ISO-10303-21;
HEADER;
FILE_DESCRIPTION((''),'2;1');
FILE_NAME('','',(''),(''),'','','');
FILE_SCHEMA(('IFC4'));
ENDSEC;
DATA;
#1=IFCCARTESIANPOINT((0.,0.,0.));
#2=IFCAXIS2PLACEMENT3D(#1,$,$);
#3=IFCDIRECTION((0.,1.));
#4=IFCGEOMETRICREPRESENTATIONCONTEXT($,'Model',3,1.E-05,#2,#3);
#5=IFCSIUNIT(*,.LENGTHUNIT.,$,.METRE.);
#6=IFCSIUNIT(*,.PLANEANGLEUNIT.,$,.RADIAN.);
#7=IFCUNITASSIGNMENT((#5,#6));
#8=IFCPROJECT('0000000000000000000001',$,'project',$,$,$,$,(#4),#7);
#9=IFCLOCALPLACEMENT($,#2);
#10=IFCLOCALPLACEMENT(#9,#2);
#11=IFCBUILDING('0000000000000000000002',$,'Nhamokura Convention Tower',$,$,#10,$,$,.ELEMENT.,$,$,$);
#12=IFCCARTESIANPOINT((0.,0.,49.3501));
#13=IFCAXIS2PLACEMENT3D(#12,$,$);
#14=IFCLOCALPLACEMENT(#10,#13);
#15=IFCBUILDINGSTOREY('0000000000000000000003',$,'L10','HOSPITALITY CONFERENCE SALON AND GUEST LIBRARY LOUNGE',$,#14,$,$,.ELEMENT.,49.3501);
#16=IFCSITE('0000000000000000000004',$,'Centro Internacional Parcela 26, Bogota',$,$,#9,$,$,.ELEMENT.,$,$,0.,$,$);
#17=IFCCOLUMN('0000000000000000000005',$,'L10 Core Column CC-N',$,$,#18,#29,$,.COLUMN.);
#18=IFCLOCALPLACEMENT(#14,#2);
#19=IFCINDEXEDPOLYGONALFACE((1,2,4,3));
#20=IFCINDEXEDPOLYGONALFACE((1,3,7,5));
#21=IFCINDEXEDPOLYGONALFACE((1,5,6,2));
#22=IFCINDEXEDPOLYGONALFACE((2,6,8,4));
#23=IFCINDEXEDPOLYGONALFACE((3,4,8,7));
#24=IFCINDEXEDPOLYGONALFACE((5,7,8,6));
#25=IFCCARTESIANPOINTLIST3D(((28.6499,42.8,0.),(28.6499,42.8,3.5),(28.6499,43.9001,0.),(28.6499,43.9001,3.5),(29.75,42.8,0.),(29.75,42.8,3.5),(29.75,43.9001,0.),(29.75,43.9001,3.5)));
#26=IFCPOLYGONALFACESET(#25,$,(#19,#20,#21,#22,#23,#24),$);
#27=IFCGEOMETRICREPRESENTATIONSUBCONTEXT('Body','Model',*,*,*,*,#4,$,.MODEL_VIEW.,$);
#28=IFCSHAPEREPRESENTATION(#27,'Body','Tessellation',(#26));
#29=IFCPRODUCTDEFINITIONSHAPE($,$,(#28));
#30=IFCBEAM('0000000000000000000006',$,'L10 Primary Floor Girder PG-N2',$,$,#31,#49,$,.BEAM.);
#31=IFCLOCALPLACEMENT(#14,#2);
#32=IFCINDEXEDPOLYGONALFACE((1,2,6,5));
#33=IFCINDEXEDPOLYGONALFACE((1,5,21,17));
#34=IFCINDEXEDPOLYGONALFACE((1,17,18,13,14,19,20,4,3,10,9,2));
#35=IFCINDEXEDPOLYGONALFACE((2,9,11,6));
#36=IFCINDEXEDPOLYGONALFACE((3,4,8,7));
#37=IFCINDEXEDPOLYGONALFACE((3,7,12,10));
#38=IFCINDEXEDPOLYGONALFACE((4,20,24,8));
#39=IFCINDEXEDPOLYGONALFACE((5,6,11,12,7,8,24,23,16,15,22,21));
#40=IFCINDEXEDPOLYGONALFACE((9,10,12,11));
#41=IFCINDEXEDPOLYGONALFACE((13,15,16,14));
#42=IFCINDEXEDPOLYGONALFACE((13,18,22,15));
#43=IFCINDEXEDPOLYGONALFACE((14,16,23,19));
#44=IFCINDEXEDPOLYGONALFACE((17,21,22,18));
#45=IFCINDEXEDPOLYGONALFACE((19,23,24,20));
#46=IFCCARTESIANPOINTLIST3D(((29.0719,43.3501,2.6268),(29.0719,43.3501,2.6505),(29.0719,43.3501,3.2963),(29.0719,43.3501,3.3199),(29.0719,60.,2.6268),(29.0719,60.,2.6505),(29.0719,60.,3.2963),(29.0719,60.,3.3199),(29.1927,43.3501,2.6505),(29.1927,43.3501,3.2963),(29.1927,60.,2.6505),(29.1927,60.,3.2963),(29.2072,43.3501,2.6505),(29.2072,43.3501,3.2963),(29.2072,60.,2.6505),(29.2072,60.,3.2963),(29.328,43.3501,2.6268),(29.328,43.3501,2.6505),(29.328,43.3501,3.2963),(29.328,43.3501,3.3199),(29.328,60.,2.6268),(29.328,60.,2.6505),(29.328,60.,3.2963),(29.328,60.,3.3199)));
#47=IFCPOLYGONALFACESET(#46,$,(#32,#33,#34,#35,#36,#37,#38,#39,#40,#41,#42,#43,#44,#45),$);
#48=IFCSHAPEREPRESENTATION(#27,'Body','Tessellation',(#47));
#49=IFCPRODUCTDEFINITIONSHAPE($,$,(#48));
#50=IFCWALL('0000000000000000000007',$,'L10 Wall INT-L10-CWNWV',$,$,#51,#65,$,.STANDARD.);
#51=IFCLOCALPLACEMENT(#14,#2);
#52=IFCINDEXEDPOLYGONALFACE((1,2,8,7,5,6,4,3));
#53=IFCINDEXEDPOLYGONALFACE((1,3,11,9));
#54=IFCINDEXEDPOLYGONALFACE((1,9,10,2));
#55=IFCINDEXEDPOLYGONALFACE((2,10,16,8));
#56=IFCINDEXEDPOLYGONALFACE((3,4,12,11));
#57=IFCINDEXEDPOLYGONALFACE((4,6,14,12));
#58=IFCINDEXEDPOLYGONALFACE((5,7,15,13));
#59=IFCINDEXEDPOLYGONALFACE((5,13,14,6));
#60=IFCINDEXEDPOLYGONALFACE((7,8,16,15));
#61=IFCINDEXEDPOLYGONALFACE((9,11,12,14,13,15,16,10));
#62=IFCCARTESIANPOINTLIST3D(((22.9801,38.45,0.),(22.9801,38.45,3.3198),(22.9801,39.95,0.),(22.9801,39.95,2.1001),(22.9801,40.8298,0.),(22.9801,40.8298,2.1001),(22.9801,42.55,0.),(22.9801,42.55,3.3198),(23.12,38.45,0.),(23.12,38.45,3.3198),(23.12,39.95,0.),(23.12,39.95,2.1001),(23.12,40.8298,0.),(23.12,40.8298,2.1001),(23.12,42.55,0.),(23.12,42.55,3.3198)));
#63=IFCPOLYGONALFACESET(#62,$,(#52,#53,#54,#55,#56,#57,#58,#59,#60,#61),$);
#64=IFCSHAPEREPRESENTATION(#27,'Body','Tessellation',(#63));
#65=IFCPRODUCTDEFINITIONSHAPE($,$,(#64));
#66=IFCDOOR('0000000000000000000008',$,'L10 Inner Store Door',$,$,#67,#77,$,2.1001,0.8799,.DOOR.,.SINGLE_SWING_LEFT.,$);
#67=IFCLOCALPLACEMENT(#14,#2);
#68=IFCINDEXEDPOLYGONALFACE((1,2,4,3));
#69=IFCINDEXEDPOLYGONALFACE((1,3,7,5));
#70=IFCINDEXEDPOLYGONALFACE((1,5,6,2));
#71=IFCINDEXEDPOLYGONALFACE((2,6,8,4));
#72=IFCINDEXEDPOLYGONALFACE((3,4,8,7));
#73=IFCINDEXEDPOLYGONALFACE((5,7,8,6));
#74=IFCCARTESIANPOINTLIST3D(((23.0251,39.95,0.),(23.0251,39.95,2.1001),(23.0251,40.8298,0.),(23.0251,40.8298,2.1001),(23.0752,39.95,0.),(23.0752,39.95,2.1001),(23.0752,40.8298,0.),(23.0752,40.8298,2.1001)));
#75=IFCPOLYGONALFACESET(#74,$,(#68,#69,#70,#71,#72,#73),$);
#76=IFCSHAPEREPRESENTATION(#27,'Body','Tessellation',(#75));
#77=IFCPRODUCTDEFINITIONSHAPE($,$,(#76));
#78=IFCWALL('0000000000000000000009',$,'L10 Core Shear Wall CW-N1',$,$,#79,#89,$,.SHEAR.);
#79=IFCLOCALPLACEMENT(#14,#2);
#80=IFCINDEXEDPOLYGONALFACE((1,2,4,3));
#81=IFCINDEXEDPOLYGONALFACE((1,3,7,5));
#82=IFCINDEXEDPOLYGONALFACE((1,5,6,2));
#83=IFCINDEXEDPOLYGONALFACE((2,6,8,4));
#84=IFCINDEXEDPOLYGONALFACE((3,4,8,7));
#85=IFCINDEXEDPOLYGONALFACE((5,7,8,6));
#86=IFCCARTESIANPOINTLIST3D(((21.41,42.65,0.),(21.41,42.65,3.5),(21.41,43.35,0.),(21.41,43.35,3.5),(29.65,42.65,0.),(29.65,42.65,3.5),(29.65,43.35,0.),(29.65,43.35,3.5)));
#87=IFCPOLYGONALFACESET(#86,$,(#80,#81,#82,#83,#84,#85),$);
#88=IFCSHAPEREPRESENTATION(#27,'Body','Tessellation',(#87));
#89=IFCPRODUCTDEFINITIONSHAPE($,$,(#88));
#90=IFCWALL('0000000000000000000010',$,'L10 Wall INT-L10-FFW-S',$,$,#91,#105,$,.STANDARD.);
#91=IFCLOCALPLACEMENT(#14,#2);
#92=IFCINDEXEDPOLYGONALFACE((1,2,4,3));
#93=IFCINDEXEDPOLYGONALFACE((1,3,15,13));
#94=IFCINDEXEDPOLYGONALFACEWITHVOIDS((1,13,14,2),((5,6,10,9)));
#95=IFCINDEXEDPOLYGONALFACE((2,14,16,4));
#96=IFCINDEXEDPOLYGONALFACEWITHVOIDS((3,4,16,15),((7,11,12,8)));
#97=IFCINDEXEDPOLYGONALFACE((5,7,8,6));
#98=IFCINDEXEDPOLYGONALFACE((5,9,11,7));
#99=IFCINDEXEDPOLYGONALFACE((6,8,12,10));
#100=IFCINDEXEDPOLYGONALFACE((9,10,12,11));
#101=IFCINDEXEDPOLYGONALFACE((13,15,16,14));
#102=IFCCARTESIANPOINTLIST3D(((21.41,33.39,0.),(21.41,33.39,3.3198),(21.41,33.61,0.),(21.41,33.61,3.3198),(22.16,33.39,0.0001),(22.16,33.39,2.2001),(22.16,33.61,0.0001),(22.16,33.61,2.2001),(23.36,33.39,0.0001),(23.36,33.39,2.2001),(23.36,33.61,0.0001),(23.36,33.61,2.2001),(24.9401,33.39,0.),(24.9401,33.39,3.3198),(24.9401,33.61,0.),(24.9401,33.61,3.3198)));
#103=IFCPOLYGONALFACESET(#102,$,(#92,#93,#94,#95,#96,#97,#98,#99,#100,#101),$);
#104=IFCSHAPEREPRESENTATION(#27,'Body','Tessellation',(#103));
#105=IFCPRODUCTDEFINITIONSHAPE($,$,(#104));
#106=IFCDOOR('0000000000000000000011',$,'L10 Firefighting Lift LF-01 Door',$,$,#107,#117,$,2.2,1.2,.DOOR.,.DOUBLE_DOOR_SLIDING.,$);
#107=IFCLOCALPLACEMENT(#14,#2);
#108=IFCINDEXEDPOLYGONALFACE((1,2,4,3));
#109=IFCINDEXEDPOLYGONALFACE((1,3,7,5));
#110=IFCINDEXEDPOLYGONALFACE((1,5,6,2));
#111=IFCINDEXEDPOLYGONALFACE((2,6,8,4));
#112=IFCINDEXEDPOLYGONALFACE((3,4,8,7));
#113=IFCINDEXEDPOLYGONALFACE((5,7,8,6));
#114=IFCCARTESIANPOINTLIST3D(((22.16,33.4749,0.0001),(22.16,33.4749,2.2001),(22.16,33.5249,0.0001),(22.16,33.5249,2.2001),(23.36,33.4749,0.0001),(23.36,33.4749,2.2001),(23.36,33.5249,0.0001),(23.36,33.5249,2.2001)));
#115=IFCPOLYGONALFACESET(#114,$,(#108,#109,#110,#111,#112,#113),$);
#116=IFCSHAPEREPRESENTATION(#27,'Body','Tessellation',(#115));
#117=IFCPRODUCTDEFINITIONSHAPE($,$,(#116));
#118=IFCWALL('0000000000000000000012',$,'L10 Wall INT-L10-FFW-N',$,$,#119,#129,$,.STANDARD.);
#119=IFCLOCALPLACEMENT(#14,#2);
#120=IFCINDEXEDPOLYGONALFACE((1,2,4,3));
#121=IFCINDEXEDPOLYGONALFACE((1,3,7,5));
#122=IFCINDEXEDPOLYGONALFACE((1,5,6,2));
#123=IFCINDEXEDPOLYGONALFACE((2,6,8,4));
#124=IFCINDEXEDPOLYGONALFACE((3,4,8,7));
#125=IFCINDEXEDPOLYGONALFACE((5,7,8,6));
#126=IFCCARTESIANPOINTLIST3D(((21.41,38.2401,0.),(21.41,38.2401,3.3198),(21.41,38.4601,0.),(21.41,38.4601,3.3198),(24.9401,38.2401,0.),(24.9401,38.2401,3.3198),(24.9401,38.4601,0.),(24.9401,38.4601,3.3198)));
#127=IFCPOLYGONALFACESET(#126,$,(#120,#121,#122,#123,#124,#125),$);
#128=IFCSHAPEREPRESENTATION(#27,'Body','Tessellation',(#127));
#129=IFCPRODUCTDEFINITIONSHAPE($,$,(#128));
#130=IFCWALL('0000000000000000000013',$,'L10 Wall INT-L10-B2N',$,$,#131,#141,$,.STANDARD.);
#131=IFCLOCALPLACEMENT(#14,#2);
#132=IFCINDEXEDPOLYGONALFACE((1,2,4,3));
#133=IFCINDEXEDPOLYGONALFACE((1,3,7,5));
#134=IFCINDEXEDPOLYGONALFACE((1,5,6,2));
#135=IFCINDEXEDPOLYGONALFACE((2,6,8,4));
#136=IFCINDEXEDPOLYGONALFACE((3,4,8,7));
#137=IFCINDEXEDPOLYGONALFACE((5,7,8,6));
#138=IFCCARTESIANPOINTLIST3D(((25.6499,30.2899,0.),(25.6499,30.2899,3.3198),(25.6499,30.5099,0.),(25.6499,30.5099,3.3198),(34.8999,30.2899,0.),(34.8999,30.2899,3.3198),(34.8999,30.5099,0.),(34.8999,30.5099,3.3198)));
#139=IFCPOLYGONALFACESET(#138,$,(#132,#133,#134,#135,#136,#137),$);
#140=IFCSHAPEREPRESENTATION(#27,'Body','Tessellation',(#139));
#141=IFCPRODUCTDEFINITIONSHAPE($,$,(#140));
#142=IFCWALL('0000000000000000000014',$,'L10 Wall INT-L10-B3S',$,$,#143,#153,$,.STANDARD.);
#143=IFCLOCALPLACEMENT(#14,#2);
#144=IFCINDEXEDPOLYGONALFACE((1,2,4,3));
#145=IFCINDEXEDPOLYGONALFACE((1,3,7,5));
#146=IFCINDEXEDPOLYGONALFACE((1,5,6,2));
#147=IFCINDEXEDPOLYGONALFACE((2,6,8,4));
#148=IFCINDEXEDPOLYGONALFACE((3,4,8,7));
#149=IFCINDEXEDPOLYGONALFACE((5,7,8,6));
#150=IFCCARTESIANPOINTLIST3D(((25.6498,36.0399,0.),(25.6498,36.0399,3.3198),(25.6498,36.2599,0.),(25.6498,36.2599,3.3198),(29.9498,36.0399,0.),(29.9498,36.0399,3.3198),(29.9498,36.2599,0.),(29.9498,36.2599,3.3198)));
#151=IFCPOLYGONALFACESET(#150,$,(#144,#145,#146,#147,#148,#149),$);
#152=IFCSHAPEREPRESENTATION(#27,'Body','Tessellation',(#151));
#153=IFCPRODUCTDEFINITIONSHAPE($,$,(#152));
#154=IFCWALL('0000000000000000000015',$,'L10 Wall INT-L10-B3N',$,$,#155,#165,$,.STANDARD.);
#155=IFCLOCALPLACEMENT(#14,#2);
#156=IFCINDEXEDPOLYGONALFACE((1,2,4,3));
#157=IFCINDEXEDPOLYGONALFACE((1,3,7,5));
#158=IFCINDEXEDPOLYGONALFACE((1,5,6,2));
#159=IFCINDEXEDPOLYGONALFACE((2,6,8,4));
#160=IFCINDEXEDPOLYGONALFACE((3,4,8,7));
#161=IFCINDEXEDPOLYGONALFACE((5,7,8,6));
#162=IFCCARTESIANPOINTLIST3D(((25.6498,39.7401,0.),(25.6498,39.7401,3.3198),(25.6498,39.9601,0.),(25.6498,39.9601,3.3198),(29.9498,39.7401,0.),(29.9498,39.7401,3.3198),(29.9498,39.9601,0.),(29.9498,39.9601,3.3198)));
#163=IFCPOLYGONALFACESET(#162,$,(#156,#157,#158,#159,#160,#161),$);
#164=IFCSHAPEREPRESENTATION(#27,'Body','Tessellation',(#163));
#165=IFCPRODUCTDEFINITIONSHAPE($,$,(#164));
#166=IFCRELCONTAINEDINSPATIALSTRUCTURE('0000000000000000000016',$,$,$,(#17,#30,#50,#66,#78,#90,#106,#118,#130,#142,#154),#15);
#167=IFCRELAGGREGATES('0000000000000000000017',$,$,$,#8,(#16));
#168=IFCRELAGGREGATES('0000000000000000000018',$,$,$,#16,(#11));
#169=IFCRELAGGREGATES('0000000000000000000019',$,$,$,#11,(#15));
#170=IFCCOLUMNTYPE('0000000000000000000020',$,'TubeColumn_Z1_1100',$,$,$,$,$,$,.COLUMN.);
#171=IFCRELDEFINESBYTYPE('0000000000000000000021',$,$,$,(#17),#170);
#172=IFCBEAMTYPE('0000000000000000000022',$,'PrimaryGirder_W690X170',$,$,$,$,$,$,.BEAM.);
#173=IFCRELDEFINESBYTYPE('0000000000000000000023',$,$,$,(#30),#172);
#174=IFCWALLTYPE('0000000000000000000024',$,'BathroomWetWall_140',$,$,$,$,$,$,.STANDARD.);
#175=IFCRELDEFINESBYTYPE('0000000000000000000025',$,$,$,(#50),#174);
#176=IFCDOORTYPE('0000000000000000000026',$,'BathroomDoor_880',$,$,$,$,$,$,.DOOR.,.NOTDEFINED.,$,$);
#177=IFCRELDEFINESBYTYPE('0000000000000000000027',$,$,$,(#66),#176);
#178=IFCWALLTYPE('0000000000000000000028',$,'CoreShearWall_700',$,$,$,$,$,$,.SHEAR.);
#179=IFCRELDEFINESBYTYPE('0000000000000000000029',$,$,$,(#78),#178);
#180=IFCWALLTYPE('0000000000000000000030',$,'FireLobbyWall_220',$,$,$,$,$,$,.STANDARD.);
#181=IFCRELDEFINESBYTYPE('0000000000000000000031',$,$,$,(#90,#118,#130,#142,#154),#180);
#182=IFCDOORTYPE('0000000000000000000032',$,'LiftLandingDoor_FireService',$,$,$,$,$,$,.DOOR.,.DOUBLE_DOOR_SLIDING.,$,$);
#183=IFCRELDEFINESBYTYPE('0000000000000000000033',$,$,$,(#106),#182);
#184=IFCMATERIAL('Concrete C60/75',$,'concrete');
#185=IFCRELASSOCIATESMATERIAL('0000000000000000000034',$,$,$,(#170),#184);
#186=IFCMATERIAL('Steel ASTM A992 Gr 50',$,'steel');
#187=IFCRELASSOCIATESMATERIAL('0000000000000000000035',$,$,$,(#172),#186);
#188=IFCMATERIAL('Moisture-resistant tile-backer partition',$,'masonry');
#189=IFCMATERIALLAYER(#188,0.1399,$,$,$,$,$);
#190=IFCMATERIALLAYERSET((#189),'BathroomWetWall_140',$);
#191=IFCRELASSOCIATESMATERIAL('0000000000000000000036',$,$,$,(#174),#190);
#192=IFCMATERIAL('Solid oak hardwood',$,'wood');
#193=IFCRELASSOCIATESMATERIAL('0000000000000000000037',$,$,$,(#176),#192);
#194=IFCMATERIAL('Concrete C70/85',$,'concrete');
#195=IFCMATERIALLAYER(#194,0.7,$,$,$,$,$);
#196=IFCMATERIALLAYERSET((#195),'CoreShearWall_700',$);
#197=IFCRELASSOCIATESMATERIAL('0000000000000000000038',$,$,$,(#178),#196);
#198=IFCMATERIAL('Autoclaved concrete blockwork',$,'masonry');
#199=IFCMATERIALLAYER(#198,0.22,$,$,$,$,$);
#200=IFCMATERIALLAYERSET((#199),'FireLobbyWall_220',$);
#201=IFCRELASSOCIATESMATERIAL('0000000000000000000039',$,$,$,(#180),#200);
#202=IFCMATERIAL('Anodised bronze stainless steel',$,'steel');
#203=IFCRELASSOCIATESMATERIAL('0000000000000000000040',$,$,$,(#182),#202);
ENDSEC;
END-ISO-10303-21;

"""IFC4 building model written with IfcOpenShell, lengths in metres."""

from ifc_helpers import new_model, si_unit, direction, frame, frame_2d, origin, origin_2d, place, context, subcontext, project, spatial, rectangle, i_section, extrude, material, layer, layer_set, material_profile, profile_set, type_object, element, fill, save


model = new_model("IFC4")

# Units and contexts
model_context = context("Model", 3, precision=1e-05, world=origin(), true_north=direction((0.0, 1.0)))
body_context = subcontext(model_context, "Body", "Model", "MODEL_VIEW")
ifc_project = project(units=[si_unit("LENGTHUNIT", "METRE"), si_unit("PLANEANGLEUNIT", "RADIAN")], contexts=[model_context])

# Site, building, storey
site_placement = place(None, origin())
site = spatial("IfcSite", under=ifc_project, at=site_placement, Name="Centro Internacional Parcela 26, Bogota", CompositionType="ELEMENT", RefElevation=0.0)
building_placement = place(site_placement, origin())
building = spatial("IfcBuilding", under=site, at=building_placement, Name="Nhamokura Convention Tower", CompositionType="ELEMENT")
storey_placement = place(building_placement, frame((0.0, 0.0, 49.3501)))
storey = spatial("IfcBuildingStorey", under=building, at=storey_placement, Name="L10", Description="HOSPITALITY CONFERENCE SALON AND GUEST LIBRARY LOUNGE", CompositionType="ELEMENT", Elevation=49.3501)

# Column
ifc_material_1 = material(Name="Concrete C60/75", Category="concrete")
ifc_material_profile_1 = material_profile(ifc_material_1, rectangle(XDim=1.1001, YDim=1.1001, at=origin_2d()))
ifc_profile_set_1 = profile_set([ifc_material_profile_1], Name="Concrete C60/75")
column_type = type_object("IfcColumnType", Name="TubeColumn_Z1_1100", PredefinedType="COLUMN", material=ifc_profile_set_1)
column_placement = place(storey_placement, frame((29.2, 43.3501, 0.0), z_axis=(0.0, 0.0, 1.0), x_axis=(1.0, 0.0, 0.0)))
element("IfcColumn", 1, at=column_placement, inside=storey, type_object=column_type, Name="L10 Core Column CC-N", PredefinedType="COLUMN", context=body_context, shape_type="SweptSolid", body=[
    extrude(rectangle(XDim=1.1001, YDim=1.1001, at=origin_2d()), origin(), (0.0, 0.0, 1.0), 3.5),
])

# Beam
ifc_material_2 = material(Name="Steel ASTM A992 Gr 50", Category="steel")
ifc_material_profile_2 = material_profile(ifc_material_2, i_section(OverallWidth=0.2561, OverallDepth=0.6931, WebThickness=0.0144, FlangeThickness=0.0237, at=origin_2d()))
ifc_profile_set_2 = profile_set([ifc_material_profile_2], Name="Steel ASTM A992 Gr 50")
beam_type = type_object("IfcBeamType", Name="PrimaryGirder_W690X170", PredefinedType="BEAM", material=ifc_profile_set_2)
beam_placement = place(storey_placement, frame((29.2, 43.3501, 2.9734), z_axis=(0.0, 1.0, 0.0), x_axis=(-1.0, 0.0, 0.0)))
element("IfcBeam", 2, at=beam_placement, inside=storey, type_object=beam_type, Name="L10 Primary Floor Girder PG-N2", PredefinedType="BEAM", context=body_context, shape_type="SweptSolid", body=[
    extrude(i_section(OverallWidth=0.2561, OverallDepth=0.6931, WebThickness=0.0144, FlangeThickness=0.0237, at=origin_2d()), origin(), (0.0, 0.0, 1.0), 16.6499),
])

# Wall, opening, door
ifc_material_3 = material(Name="Moisture-resistant tile-backer partition", Category="masonry")
ifc_layer_1 = layer(ifc_material_3, 0.1399)
ifc_layer_set_1 = layer_set([ifc_layer_1], Name="BathroomWetWall_140")
wall_type_1 = type_object("IfcWallType", Name="BathroomWetWall_140", PredefinedType="STANDARD", material=ifc_layer_set_1)
wall_1_placement = place(storey_placement, frame((23.05, 38.45, 0.0), z_axis=(0.0, 0.0, 1.0), x_axis=(0.0, 1.0, 0.0)))
wall_1 = element("IfcWall", 3, at=wall_1_placement, inside=storey, type_object=wall_type_1, Name="L10 Wall INT-L10-CWNWV", PredefinedType="STANDARD", context=body_context, shape_type="SweptSolid", body=[
    extrude(rectangle(XDim=4.1001, YDim=0.1399, at=frame_2d((2.05, 0.0))), origin(), (0.0, 0.0, 1.0), 3.3198),
])
opening_1_placement = place(wall_1_placement, frame((1.5, 0.0, 0.0)))
opening_1 = element("IfcOpeningElement", 4, at=opening_1_placement, cuts=wall_1, PredefinedType="OPENING", context=body_context, shape_type="SweptSolid", body=[
    extrude(rectangle(XDim=0.8799, YDim=2.1001, at=frame_2d((0.4399, 1.05))), frame((0.0, 0.0798, 0.0), z_axis=(0.0, -1.0, 0.0), x_axis=(1.0, 0.0, 0.0)), (0.0, 0.0, 1.0), 0.1599),
])
ifc_material_4 = material(Name="Solid oak hardwood", Category="wood")
door_type_1 = type_object("IfcDoorType", Name="BathroomDoor_880", OperationType="NOTDEFINED", PredefinedType="DOOR", material=ifc_material_4)
door_1_placement = place(opening_1_placement, origin())
door_1 = element("IfcDoor", 5, at=door_1_placement, inside=storey, type_object=door_type_1, Name="L10 Inner Store Door", OperationType="SINGLE_SWING_LEFT", OverallHeight=2.1001, OverallWidth=0.8799, PredefinedType="DOOR", context=body_context, shape_type="SweptSolid", body=[
    extrude(rectangle(XDim=0.8799, YDim=2.1001, at=frame_2d((0.4399, 1.05))), frame((0.0, 0.0249, 0.0), z_axis=(0.0, -1.0, 0.0), x_axis=(1.0, 0.0, 0.0)), (0.0, 0.0, 1.0), 0.05),
])
fill(opening_1, door_1)

# Shared definitions
ifc_material_5 = material(Name="Concrete C70/85", Category="concrete")
ifc_layer_2 = layer(ifc_material_5, 0.7)
ifc_layer_set_2 = layer_set([ifc_layer_2], Name="CoreShearWall_700")
wall_type_2 = type_object("IfcWallType", Name="CoreShearWall_700", PredefinedType="SHEAR", material=ifc_layer_set_2)

# Wall
wall_2_placement = place(storey_placement, frame((21.4099, 43.0, 0.0), z_axis=(0.0, 0.0, 1.0), x_axis=(1.0, 0.0, 0.0)))
element("IfcWall", 6, at=wall_2_placement, inside=storey, type_object=wall_type_2, Name="L10 Core Shear Wall CW-N1", PredefinedType="SHEAR", context=body_context, shape_type="SweptSolid", body=[
    extrude(rectangle(XDim=8.24, YDim=0.7, at=frame_2d((4.1201, 0.0))), origin(), (0.0, 0.0, 1.0), 3.5),
])

# Wall, opening, door
ifc_material_6 = material(Name="Autoclaved concrete blockwork", Category="masonry")
ifc_layer_3 = layer(ifc_material_6, 0.22)
ifc_layer_set_3 = layer_set([ifc_layer_3], Name="FireLobbyWall_220")
wall_type_3 = type_object("IfcWallType", Name="FireLobbyWall_220", PredefinedType="STANDARD", material=ifc_layer_set_3)
wall_3_placement = place(storey_placement, frame((21.4099, 33.5, 0.0), z_axis=(0.0, 0.0, 1.0), x_axis=(1.0, 0.0, 0.0)))
wall_3 = element("IfcWall", 7, at=wall_3_placement, inside=storey, type_object=wall_type_3, Name="L10 Wall INT-L10-FFW-S", PredefinedType="STANDARD", context=body_context, shape_type="SweptSolid", body=[
    extrude(rectangle(XDim=3.53, YDim=0.22, at=frame_2d((1.7651, 0.0))), origin(), (0.0, 0.0, 1.0), 3.3198),
])
opening_2_placement = place(wall_3_placement, frame((0.75, 0.0, 0.0)))
opening_2 = element("IfcOpeningElement", 8, at=opening_2_placement, cuts=wall_3, PredefinedType="OPENING", context=body_context, shape_type="SweptSolid", body=[
    extrude(rectangle(XDim=1.2, YDim=2.2, at=frame_2d((0.6001, 1.1001))), frame((0.0, 0.1199, 0.0), z_axis=(0.0, -1.0, 0.0), x_axis=(1.0, 0.0, 0.0)), (0.0, 0.0, 1.0), 0.24),
])
ifc_material_7 = material(Name="Anodised bronze stainless steel", Category="steel")
door_type_2 = type_object("IfcDoorType", Name="LiftLandingDoor_FireService", OperationType="DOUBLE_DOOR_SLIDING", PredefinedType="DOOR", material=ifc_material_7)
door_2_placement = place(opening_2_placement, origin())
door_2 = element("IfcDoor", 9, at=door_2_placement, inside=storey, type_object=door_type_2, Name="L10 Firefighting Lift LF-01 Door", OperationType="DOUBLE_DOOR_SLIDING", OverallHeight=2.2, OverallWidth=1.2, PredefinedType="DOOR", context=body_context, shape_type="SweptSolid", body=[
    extrude(rectangle(XDim=1.2, YDim=2.2, at=frame_2d((0.6001, 1.1001))), frame((0.0, 0.0249, 0.0), z_axis=(0.0, -1.0, 0.0), x_axis=(1.0, 0.0, 0.0)), (0.0, 0.0, 1.0), 0.05),
])
fill(opening_2, door_2)

# Walls
wall_4_placement = place(storey_placement, frame((21.4099, 38.3501, 0.0), z_axis=(0.0, 0.0, 1.0), x_axis=(1.0, 0.0, 0.0)))
element("IfcWall", 10, at=wall_4_placement, inside=storey, type_object=wall_type_3, Name="L10 Wall INT-L10-FFW-N", PredefinedType="STANDARD", context=body_context, shape_type="SweptSolid", body=[
    extrude(rectangle(XDim=3.53, YDim=0.22, at=frame_2d((1.7651, 0.0))), origin(), (0.0, 0.0, 1.0), 3.3198),
])
wall_5_placement = place(storey_placement, frame((25.6499, 30.3999, 0.0), z_axis=(0.0, 0.0, 1.0), x_axis=(1.0, 0.0, 0.0)))
element("IfcWall", 11, at=wall_5_placement, inside=storey, type_object=wall_type_3, Name="L10 Wall INT-L10-B2N", PredefinedType="STANDARD", context=body_context, shape_type="SweptSolid", body=[
    extrude(rectangle(XDim=9.25, YDim=0.22, at=frame_2d((4.625, 0.0))), origin(), (0.0, 0.0, 1.0), 3.3198),
])
for number, where, z_axis, x_axis, name in (
    (12, (25.6499, 36.1499, 0.0), (0.0, 0.0, 1.0), (1.0, 0.0, 0.0), "L10 Wall INT-L10-B3S"),
    (13, (25.6499, 39.8501, 0.0), (0.0, 0.0, 1.0), (1.0, 0.0, 0.0), "L10 Wall INT-L10-B3N"),
):
    element("IfcWall", number, at=place(storey_placement, frame(where, z_axis=z_axis, x_axis=x_axis)), inside=storey, type_object=wall_type_3, Name=name, PredefinedType="STANDARD", context=body_context, shape_type="SweptSolid", body=[
        extrude(rectangle(XDim=4.3, YDim=0.22, at=frame_2d((2.1499, 0.0))), origin(), (0.0, 0.0, 1.0), 3.3198),
    ])

save(model, "model.ifc")
